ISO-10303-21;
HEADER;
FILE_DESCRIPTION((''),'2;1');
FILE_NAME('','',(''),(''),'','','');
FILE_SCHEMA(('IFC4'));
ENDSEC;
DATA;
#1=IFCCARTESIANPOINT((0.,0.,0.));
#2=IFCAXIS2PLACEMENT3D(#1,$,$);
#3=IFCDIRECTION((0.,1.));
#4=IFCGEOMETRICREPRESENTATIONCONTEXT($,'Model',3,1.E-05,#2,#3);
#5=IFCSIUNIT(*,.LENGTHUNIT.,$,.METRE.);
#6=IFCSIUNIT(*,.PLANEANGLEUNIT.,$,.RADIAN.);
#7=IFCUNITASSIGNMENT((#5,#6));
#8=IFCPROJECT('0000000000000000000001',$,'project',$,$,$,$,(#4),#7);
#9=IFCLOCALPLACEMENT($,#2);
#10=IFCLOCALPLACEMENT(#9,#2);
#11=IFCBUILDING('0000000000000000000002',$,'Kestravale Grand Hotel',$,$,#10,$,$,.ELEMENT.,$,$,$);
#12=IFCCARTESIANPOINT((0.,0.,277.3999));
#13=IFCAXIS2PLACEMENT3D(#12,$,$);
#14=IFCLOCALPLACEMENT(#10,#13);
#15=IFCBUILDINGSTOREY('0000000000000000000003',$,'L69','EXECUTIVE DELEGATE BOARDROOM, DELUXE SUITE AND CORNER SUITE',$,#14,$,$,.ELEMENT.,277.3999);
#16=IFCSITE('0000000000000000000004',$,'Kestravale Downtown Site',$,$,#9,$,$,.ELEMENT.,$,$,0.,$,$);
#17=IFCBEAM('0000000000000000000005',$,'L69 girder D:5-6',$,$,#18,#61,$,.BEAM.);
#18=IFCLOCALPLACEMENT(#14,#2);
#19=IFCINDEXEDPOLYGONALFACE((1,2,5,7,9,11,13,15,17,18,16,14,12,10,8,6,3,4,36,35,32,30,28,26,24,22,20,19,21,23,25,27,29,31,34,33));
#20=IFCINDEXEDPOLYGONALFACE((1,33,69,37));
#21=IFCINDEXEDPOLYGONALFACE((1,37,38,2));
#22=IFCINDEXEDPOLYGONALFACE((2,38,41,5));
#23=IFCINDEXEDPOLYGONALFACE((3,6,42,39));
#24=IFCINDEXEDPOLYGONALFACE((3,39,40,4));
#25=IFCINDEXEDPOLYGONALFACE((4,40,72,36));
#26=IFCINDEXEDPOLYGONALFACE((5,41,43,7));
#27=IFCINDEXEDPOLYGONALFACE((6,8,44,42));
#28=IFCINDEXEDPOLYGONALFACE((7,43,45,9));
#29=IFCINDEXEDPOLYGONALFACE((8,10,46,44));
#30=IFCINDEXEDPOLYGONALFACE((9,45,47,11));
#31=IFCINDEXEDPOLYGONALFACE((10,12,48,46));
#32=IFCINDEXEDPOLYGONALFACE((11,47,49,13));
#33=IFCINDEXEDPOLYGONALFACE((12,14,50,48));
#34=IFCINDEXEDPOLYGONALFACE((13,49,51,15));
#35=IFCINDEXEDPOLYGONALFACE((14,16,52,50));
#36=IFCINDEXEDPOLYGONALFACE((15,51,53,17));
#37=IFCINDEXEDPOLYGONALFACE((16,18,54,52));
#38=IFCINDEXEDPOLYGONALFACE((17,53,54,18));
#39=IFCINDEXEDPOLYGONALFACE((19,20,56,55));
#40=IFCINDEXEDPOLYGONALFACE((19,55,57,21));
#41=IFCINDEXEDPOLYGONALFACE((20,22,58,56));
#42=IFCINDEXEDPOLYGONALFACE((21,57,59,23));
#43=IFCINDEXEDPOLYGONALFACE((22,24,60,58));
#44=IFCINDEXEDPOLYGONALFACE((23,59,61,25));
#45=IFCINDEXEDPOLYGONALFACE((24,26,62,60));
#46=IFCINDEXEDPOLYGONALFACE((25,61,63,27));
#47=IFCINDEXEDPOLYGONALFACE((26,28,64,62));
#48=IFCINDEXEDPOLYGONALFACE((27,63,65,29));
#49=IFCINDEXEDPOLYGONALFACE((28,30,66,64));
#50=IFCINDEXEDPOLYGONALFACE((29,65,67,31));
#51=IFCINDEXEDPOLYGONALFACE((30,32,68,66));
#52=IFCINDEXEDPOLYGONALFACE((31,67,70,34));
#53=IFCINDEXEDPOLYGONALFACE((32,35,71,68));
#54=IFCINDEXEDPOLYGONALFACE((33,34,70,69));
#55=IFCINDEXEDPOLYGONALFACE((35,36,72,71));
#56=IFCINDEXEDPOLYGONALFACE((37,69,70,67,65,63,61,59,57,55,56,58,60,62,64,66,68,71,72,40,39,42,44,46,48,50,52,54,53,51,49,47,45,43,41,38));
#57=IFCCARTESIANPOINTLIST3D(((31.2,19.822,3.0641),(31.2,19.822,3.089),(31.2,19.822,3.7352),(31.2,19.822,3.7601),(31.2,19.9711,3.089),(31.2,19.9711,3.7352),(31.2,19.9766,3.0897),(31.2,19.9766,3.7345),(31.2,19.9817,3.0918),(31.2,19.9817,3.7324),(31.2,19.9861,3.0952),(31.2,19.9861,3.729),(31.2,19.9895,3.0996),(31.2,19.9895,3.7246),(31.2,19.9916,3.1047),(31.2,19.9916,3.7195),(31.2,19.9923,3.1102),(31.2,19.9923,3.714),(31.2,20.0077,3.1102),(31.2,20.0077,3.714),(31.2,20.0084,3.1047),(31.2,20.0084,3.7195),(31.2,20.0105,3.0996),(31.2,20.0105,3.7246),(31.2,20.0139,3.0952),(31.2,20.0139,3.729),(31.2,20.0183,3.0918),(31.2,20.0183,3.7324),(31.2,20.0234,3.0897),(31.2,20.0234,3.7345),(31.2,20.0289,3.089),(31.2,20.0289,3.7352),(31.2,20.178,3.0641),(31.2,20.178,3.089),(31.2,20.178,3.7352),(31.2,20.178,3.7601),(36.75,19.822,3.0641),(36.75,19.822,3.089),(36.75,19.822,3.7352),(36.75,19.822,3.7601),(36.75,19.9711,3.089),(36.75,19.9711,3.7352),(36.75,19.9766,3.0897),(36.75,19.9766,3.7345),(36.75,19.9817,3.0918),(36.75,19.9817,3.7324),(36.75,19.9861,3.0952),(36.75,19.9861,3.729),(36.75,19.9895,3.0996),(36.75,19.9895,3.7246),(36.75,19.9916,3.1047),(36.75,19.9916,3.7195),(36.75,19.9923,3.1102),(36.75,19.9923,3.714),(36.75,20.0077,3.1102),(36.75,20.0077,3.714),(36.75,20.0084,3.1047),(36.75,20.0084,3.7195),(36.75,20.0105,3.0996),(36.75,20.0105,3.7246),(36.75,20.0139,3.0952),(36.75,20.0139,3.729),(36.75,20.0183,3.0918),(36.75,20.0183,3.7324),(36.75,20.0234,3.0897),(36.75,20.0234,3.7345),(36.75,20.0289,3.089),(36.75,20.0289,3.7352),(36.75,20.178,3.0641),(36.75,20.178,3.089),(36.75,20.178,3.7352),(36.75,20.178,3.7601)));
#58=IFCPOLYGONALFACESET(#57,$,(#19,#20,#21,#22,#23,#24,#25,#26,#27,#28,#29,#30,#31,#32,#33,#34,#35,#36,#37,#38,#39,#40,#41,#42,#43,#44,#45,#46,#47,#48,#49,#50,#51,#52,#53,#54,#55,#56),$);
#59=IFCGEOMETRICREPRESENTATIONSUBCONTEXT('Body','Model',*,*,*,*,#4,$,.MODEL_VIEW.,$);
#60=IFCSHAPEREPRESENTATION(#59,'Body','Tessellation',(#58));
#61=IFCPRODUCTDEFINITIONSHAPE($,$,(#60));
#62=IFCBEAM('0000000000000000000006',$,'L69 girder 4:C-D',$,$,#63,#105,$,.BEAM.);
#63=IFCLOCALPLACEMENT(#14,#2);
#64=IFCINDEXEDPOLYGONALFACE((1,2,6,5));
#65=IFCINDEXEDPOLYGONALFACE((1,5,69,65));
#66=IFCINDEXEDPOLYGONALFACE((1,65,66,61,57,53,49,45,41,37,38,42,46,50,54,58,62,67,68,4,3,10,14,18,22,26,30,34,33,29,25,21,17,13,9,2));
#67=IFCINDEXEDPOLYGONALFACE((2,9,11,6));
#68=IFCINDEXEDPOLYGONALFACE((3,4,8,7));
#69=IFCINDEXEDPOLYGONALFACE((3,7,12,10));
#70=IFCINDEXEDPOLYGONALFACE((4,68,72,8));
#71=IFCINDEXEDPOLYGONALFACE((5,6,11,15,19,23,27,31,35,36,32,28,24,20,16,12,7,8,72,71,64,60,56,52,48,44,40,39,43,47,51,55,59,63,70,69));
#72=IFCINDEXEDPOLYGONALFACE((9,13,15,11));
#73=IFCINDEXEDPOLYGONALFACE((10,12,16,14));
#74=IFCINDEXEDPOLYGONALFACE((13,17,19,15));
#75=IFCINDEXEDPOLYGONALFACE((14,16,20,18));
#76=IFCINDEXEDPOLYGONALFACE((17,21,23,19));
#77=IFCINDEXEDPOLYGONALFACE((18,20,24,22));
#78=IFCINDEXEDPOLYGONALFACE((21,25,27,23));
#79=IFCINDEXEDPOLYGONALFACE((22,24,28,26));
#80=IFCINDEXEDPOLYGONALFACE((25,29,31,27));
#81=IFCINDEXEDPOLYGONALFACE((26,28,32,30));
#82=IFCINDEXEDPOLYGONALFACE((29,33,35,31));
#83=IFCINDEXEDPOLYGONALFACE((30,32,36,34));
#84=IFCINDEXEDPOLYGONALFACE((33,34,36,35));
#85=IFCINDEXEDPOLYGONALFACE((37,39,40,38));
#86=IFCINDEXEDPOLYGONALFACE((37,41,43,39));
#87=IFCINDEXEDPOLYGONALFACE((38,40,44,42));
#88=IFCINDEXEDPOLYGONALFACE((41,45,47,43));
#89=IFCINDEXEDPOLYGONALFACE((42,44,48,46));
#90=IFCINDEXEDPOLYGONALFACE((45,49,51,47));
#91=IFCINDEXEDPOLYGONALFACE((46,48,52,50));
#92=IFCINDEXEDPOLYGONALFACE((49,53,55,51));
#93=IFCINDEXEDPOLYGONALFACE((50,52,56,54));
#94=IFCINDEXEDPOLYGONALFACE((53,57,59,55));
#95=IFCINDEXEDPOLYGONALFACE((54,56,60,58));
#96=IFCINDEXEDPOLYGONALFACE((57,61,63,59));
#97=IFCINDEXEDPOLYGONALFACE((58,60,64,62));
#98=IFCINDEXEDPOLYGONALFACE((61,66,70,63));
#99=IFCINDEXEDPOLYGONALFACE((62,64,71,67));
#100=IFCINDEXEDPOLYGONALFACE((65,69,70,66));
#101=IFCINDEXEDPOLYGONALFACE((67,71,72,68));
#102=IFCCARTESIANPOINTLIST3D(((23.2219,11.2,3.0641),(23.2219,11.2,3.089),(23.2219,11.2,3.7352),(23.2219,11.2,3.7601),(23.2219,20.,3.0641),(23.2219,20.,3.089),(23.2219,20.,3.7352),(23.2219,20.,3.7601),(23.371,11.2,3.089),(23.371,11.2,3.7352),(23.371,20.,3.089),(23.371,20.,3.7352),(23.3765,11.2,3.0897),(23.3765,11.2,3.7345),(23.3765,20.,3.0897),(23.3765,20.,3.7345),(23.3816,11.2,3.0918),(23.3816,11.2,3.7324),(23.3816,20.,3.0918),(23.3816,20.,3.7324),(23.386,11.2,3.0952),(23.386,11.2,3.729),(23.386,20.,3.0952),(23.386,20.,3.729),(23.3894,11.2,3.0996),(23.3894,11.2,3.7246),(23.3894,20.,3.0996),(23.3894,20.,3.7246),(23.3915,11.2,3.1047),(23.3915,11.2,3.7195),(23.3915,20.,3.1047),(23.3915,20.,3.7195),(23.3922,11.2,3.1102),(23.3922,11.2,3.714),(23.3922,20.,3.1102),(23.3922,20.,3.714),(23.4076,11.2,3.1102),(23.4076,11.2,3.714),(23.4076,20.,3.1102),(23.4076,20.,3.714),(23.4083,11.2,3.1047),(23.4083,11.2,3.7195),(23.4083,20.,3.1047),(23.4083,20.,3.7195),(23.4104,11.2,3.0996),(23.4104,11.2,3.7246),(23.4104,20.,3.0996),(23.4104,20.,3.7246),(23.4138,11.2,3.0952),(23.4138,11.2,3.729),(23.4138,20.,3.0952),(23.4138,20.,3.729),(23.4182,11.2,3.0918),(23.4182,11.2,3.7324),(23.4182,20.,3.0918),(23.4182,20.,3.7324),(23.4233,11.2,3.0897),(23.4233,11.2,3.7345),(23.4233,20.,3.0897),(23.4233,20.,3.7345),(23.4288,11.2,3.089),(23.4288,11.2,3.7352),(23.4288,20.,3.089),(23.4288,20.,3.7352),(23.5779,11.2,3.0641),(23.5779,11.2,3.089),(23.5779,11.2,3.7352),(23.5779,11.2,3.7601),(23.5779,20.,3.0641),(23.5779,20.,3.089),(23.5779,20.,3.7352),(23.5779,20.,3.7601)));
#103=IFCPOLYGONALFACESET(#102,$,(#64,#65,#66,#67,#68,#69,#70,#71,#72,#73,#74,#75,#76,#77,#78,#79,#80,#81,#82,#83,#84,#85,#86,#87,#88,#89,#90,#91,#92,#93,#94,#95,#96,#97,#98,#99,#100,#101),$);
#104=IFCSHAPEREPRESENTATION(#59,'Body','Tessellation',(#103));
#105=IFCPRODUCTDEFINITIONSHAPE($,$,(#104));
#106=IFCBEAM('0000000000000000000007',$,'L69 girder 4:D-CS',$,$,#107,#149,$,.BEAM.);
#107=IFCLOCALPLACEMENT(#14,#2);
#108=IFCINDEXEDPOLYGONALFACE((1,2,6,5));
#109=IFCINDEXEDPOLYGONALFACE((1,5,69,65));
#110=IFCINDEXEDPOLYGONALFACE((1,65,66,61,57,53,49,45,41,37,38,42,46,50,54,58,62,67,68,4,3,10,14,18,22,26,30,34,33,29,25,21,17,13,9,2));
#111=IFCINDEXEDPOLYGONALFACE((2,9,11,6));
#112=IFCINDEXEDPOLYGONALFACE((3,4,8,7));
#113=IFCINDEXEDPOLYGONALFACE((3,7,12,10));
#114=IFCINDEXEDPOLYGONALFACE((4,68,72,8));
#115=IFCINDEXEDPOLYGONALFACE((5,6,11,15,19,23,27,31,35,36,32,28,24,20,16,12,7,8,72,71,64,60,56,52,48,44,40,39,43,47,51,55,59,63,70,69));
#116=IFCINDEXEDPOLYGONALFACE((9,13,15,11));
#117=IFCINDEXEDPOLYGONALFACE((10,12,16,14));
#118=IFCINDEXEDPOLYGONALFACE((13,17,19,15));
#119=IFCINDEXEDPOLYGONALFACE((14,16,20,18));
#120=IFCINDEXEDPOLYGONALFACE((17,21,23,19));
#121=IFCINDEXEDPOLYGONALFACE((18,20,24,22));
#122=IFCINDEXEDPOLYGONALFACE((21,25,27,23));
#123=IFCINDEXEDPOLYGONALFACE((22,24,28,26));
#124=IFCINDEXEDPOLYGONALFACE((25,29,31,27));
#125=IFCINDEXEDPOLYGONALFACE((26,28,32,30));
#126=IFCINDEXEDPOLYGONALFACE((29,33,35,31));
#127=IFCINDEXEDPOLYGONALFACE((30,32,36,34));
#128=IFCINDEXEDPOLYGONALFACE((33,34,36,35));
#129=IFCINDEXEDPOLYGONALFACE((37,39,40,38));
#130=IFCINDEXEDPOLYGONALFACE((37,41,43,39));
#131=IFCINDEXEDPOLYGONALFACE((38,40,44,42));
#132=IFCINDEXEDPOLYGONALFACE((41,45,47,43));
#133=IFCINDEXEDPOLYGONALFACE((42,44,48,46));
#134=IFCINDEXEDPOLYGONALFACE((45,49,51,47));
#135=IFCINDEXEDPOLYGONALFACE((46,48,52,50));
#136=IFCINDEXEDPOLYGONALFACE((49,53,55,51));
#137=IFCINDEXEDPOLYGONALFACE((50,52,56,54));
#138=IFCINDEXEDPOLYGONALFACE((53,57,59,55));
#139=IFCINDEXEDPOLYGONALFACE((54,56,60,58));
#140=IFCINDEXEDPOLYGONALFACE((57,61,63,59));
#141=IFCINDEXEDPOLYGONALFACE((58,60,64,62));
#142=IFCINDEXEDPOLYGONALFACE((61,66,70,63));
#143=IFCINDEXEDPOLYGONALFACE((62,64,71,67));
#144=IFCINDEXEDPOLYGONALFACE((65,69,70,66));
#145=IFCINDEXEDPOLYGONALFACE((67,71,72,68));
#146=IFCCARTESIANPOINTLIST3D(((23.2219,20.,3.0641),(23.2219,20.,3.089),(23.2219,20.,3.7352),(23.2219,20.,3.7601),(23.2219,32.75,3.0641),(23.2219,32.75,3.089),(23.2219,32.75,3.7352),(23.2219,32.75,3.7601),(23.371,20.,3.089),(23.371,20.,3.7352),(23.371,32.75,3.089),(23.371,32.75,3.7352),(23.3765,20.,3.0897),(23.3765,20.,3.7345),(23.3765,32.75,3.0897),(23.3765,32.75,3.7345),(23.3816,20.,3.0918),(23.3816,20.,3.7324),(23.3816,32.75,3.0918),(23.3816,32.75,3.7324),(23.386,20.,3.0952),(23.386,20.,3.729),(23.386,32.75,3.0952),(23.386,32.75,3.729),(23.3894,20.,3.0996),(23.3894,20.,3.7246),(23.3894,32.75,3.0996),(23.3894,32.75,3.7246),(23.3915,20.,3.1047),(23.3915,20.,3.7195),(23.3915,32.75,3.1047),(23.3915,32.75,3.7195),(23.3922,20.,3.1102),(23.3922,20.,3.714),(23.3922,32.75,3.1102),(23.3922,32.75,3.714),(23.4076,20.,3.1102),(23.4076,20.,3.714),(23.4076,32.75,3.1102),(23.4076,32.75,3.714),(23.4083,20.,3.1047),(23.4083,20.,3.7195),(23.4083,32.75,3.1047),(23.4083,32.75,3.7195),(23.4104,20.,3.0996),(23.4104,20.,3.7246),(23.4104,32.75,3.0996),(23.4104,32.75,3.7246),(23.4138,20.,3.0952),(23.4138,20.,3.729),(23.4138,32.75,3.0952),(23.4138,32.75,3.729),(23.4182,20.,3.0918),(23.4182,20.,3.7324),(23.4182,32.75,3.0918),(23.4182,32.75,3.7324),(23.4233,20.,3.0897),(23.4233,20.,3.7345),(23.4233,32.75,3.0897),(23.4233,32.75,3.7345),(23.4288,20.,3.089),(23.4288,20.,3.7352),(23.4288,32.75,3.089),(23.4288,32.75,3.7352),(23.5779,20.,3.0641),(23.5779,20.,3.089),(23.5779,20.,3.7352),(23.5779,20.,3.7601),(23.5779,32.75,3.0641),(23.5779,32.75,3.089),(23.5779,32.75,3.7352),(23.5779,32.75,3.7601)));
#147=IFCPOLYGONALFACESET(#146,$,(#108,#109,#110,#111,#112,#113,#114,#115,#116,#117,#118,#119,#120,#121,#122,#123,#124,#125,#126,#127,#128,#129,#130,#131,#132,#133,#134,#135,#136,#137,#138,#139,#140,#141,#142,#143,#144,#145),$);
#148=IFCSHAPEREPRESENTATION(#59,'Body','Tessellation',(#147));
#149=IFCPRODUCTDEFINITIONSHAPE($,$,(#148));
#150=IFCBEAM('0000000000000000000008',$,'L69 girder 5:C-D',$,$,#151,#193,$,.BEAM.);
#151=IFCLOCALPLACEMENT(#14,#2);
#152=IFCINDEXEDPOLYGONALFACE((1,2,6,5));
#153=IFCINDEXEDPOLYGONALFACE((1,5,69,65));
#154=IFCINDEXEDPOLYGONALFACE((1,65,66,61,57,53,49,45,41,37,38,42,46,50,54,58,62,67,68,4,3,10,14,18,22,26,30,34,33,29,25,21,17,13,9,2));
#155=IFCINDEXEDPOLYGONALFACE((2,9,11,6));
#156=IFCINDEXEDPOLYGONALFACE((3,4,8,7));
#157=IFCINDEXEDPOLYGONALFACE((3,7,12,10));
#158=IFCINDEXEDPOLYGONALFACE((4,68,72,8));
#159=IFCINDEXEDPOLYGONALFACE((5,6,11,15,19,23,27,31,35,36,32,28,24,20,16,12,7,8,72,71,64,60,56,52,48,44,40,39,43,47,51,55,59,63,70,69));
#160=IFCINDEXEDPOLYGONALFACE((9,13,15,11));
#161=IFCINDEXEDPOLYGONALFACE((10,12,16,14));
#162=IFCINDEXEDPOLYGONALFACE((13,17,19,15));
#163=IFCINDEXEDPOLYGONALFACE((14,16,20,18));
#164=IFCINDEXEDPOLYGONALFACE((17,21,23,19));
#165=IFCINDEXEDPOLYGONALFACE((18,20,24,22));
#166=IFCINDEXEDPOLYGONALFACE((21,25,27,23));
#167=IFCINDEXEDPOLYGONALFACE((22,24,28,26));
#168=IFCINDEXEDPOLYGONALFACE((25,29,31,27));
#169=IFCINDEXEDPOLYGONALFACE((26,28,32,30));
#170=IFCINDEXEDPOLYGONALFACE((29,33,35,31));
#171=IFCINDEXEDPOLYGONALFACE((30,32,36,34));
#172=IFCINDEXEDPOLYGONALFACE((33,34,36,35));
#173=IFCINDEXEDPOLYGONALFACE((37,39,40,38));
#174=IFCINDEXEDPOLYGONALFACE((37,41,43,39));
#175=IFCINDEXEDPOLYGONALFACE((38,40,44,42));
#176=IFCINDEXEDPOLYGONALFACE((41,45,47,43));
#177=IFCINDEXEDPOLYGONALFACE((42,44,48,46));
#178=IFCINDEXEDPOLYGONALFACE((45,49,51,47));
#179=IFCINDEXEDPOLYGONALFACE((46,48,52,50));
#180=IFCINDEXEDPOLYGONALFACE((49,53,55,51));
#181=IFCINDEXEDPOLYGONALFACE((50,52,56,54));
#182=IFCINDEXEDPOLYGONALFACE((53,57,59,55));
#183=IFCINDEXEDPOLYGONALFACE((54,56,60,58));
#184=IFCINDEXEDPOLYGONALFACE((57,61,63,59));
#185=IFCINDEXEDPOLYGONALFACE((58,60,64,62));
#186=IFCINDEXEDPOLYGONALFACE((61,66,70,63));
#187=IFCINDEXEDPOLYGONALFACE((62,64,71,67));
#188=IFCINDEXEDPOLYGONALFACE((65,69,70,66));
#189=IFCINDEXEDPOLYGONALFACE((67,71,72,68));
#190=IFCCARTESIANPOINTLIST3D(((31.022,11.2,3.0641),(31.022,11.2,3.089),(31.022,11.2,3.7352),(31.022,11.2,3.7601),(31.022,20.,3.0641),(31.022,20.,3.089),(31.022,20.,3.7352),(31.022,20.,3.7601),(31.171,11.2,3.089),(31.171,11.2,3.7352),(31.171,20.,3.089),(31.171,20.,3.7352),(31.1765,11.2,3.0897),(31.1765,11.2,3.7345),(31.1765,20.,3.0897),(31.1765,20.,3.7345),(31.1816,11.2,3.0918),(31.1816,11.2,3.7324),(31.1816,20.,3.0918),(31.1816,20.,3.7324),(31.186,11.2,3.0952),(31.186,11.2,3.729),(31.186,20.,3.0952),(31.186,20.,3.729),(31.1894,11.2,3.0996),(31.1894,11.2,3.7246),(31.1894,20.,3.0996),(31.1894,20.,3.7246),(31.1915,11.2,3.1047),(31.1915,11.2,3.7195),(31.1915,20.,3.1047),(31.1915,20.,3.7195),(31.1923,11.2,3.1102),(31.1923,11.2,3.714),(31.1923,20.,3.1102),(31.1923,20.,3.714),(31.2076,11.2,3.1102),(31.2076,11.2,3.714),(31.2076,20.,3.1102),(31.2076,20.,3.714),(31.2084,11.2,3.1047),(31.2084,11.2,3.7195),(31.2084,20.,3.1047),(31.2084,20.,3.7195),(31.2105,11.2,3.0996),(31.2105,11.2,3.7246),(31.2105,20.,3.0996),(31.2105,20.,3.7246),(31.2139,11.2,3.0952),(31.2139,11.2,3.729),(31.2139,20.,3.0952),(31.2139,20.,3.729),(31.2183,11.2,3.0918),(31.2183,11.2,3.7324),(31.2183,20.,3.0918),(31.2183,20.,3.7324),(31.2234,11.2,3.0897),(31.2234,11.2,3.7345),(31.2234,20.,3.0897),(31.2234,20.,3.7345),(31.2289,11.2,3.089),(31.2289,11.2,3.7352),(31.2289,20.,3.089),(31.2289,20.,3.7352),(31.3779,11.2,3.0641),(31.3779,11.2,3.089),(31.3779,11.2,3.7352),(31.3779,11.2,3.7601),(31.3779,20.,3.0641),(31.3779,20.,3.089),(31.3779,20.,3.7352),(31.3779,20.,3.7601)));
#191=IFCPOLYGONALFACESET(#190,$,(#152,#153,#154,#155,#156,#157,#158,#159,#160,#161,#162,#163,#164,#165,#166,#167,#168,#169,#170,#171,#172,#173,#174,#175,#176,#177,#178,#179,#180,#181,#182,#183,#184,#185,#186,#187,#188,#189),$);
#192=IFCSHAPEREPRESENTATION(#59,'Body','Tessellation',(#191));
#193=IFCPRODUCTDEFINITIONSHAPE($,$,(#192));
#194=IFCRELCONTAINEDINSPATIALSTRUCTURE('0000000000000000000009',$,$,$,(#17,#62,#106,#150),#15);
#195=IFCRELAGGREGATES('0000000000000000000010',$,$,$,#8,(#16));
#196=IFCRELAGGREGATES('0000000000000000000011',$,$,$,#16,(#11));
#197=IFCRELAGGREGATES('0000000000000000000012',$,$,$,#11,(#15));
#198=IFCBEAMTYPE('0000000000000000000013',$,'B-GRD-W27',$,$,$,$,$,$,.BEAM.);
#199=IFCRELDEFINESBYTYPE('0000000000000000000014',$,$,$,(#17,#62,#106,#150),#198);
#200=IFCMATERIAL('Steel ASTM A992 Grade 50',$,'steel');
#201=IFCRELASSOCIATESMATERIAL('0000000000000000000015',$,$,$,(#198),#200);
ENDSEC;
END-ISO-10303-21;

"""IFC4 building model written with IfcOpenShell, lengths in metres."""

from ifc_helpers import new_model, si_unit, direction, frame, origin, origin_2d, place, context, subcontext, project, spatial, i_section, extrude, material, material_profile, profile_set, type_object, element, save


model = new_model("IFC4")

# Units and contexts
model_context = context("Model", 3, precision=1e-05, world=origin(), true_north=direction((0.0, 1.0)))
body_context = subcontext(model_context, "Body", "Model", "MODEL_VIEW")
ifc_project = project(units=[si_unit("LENGTHUNIT", "METRE"), si_unit("PLANEANGLEUNIT", "RADIAN")], contexts=[model_context])

# Site, building, storey
site_placement = place(None, origin())
site = spatial("IfcSite", under=ifc_project, at=site_placement, Name="Kestravale Downtown Site", CompositionType="ELEMENT", RefElevation=0.0)
building_placement = place(site_placement, origin())
building = spatial("IfcBuilding", under=site, at=building_placement, Name="Kestravale Grand Hotel", CompositionType="ELEMENT")
storey_placement = place(building_placement, frame((0.0, 0.0, 277.3999)))
storey = spatial("IfcBuildingStorey", under=building, at=storey_placement, Name="L69", Description="EXECUTIVE DELEGATE BOARDROOM, DELUXE SUITE AND CORNER SUITE", CompositionType="ELEMENT", Elevation=277.3999)

# Beams
ifc_material_1 = material(Name="Steel ASTM A992 Grade 50", Category="steel")
ifc_material_profile_1 = material_profile(ifc_material_1, i_section(OverallWidth=0.356, OverallDepth=0.696, WebThickness=0.0154, FlangeThickness=0.0249, FilletRadius=0.0212, at=origin_2d()))
ifc_profile_set_1 = profile_set([ifc_material_profile_1], Name="Steel ASTM A992 Grade 50")
beam_type_1 = type_object("IfcBeamType", Name="B-GRD-W27", PredefinedType="BEAM", material=ifc_profile_set_1)
beam_1_placement = place(storey_placement, frame((31.2, 20.0, 3.4121), z_axis=(1.0, 0.0, 0.0), x_axis=(0.0, 1.0, 0.0)))
element("IfcBeam", 1, at=beam_1_placement, inside=storey, type_object=beam_type_1, Name="L69 girder D:5-6", PredefinedType="BEAM", context=body_context, shape_type="SweptSolid", body=[
    extrude(i_section(OverallWidth=0.356, OverallDepth=0.696, WebThickness=0.0154, FlangeThickness=0.0249, FilletRadius=0.0212, at=origin_2d()), origin(), (0.0, 0.0, 1.0), 5.55),
])
beam_2_placement = place(storey_placement, frame((23.3999, 11.2, 3.4121), z_axis=(0.0, 1.0, 0.0), x_axis=(-1.0, 0.0, 0.0)))
element("IfcBeam", 2, at=beam_2_placement, inside=storey, type_object=beam_type_1, Name="L69 girder 4:C-D", PredefinedType="BEAM", context=body_context, shape_type="SweptSolid", body=[
    extrude(i_section(OverallWidth=0.356, OverallDepth=0.696, WebThickness=0.0154, FlangeThickness=0.0249, FilletRadius=0.0212, at=origin_2d()), origin(), (0.0, 0.0, 1.0), 8.8),
])
beam_3_placement = place(storey_placement, frame((23.3999, 20.0, 3.4121), z_axis=(0.0, 1.0, 0.0), x_axis=(-1.0, 0.0, 0.0)))
element("IfcBeam", 3, at=beam_3_placement, inside=storey, type_object=beam_type_1, Name="L69 girder 4:D-CS", PredefinedType="BEAM", context=body_context, shape_type="SweptSolid", body=[
    extrude(i_section(OverallWidth=0.356, OverallDepth=0.696, WebThickness=0.0154, FlangeThickness=0.0249, FilletRadius=0.0212, at=origin_2d()), origin(), (0.0, 0.0, 1.0), 12.75),
])
beam_4_placement = place(storey_placement, frame((31.2, 11.2, 3.4121), z_axis=(0.0, 1.0, 0.0), x_axis=(-1.0, 0.0, 0.0)))
element("IfcBeam", 4, at=beam_4_placement, inside=storey, type_object=beam_type_1, Name="L69 girder 5:C-D", PredefinedType="BEAM", context=body_context, shape_type="SweptSolid", body=[
    extrude(i_section(OverallWidth=0.356, OverallDepth=0.696, WebThickness=0.0154, FlangeThickness=0.0249, FilletRadius=0.0212, at=origin_2d()), origin(), (0.0, 0.0, 1.0), 8.8),
])

save(model, "model.ifc")
